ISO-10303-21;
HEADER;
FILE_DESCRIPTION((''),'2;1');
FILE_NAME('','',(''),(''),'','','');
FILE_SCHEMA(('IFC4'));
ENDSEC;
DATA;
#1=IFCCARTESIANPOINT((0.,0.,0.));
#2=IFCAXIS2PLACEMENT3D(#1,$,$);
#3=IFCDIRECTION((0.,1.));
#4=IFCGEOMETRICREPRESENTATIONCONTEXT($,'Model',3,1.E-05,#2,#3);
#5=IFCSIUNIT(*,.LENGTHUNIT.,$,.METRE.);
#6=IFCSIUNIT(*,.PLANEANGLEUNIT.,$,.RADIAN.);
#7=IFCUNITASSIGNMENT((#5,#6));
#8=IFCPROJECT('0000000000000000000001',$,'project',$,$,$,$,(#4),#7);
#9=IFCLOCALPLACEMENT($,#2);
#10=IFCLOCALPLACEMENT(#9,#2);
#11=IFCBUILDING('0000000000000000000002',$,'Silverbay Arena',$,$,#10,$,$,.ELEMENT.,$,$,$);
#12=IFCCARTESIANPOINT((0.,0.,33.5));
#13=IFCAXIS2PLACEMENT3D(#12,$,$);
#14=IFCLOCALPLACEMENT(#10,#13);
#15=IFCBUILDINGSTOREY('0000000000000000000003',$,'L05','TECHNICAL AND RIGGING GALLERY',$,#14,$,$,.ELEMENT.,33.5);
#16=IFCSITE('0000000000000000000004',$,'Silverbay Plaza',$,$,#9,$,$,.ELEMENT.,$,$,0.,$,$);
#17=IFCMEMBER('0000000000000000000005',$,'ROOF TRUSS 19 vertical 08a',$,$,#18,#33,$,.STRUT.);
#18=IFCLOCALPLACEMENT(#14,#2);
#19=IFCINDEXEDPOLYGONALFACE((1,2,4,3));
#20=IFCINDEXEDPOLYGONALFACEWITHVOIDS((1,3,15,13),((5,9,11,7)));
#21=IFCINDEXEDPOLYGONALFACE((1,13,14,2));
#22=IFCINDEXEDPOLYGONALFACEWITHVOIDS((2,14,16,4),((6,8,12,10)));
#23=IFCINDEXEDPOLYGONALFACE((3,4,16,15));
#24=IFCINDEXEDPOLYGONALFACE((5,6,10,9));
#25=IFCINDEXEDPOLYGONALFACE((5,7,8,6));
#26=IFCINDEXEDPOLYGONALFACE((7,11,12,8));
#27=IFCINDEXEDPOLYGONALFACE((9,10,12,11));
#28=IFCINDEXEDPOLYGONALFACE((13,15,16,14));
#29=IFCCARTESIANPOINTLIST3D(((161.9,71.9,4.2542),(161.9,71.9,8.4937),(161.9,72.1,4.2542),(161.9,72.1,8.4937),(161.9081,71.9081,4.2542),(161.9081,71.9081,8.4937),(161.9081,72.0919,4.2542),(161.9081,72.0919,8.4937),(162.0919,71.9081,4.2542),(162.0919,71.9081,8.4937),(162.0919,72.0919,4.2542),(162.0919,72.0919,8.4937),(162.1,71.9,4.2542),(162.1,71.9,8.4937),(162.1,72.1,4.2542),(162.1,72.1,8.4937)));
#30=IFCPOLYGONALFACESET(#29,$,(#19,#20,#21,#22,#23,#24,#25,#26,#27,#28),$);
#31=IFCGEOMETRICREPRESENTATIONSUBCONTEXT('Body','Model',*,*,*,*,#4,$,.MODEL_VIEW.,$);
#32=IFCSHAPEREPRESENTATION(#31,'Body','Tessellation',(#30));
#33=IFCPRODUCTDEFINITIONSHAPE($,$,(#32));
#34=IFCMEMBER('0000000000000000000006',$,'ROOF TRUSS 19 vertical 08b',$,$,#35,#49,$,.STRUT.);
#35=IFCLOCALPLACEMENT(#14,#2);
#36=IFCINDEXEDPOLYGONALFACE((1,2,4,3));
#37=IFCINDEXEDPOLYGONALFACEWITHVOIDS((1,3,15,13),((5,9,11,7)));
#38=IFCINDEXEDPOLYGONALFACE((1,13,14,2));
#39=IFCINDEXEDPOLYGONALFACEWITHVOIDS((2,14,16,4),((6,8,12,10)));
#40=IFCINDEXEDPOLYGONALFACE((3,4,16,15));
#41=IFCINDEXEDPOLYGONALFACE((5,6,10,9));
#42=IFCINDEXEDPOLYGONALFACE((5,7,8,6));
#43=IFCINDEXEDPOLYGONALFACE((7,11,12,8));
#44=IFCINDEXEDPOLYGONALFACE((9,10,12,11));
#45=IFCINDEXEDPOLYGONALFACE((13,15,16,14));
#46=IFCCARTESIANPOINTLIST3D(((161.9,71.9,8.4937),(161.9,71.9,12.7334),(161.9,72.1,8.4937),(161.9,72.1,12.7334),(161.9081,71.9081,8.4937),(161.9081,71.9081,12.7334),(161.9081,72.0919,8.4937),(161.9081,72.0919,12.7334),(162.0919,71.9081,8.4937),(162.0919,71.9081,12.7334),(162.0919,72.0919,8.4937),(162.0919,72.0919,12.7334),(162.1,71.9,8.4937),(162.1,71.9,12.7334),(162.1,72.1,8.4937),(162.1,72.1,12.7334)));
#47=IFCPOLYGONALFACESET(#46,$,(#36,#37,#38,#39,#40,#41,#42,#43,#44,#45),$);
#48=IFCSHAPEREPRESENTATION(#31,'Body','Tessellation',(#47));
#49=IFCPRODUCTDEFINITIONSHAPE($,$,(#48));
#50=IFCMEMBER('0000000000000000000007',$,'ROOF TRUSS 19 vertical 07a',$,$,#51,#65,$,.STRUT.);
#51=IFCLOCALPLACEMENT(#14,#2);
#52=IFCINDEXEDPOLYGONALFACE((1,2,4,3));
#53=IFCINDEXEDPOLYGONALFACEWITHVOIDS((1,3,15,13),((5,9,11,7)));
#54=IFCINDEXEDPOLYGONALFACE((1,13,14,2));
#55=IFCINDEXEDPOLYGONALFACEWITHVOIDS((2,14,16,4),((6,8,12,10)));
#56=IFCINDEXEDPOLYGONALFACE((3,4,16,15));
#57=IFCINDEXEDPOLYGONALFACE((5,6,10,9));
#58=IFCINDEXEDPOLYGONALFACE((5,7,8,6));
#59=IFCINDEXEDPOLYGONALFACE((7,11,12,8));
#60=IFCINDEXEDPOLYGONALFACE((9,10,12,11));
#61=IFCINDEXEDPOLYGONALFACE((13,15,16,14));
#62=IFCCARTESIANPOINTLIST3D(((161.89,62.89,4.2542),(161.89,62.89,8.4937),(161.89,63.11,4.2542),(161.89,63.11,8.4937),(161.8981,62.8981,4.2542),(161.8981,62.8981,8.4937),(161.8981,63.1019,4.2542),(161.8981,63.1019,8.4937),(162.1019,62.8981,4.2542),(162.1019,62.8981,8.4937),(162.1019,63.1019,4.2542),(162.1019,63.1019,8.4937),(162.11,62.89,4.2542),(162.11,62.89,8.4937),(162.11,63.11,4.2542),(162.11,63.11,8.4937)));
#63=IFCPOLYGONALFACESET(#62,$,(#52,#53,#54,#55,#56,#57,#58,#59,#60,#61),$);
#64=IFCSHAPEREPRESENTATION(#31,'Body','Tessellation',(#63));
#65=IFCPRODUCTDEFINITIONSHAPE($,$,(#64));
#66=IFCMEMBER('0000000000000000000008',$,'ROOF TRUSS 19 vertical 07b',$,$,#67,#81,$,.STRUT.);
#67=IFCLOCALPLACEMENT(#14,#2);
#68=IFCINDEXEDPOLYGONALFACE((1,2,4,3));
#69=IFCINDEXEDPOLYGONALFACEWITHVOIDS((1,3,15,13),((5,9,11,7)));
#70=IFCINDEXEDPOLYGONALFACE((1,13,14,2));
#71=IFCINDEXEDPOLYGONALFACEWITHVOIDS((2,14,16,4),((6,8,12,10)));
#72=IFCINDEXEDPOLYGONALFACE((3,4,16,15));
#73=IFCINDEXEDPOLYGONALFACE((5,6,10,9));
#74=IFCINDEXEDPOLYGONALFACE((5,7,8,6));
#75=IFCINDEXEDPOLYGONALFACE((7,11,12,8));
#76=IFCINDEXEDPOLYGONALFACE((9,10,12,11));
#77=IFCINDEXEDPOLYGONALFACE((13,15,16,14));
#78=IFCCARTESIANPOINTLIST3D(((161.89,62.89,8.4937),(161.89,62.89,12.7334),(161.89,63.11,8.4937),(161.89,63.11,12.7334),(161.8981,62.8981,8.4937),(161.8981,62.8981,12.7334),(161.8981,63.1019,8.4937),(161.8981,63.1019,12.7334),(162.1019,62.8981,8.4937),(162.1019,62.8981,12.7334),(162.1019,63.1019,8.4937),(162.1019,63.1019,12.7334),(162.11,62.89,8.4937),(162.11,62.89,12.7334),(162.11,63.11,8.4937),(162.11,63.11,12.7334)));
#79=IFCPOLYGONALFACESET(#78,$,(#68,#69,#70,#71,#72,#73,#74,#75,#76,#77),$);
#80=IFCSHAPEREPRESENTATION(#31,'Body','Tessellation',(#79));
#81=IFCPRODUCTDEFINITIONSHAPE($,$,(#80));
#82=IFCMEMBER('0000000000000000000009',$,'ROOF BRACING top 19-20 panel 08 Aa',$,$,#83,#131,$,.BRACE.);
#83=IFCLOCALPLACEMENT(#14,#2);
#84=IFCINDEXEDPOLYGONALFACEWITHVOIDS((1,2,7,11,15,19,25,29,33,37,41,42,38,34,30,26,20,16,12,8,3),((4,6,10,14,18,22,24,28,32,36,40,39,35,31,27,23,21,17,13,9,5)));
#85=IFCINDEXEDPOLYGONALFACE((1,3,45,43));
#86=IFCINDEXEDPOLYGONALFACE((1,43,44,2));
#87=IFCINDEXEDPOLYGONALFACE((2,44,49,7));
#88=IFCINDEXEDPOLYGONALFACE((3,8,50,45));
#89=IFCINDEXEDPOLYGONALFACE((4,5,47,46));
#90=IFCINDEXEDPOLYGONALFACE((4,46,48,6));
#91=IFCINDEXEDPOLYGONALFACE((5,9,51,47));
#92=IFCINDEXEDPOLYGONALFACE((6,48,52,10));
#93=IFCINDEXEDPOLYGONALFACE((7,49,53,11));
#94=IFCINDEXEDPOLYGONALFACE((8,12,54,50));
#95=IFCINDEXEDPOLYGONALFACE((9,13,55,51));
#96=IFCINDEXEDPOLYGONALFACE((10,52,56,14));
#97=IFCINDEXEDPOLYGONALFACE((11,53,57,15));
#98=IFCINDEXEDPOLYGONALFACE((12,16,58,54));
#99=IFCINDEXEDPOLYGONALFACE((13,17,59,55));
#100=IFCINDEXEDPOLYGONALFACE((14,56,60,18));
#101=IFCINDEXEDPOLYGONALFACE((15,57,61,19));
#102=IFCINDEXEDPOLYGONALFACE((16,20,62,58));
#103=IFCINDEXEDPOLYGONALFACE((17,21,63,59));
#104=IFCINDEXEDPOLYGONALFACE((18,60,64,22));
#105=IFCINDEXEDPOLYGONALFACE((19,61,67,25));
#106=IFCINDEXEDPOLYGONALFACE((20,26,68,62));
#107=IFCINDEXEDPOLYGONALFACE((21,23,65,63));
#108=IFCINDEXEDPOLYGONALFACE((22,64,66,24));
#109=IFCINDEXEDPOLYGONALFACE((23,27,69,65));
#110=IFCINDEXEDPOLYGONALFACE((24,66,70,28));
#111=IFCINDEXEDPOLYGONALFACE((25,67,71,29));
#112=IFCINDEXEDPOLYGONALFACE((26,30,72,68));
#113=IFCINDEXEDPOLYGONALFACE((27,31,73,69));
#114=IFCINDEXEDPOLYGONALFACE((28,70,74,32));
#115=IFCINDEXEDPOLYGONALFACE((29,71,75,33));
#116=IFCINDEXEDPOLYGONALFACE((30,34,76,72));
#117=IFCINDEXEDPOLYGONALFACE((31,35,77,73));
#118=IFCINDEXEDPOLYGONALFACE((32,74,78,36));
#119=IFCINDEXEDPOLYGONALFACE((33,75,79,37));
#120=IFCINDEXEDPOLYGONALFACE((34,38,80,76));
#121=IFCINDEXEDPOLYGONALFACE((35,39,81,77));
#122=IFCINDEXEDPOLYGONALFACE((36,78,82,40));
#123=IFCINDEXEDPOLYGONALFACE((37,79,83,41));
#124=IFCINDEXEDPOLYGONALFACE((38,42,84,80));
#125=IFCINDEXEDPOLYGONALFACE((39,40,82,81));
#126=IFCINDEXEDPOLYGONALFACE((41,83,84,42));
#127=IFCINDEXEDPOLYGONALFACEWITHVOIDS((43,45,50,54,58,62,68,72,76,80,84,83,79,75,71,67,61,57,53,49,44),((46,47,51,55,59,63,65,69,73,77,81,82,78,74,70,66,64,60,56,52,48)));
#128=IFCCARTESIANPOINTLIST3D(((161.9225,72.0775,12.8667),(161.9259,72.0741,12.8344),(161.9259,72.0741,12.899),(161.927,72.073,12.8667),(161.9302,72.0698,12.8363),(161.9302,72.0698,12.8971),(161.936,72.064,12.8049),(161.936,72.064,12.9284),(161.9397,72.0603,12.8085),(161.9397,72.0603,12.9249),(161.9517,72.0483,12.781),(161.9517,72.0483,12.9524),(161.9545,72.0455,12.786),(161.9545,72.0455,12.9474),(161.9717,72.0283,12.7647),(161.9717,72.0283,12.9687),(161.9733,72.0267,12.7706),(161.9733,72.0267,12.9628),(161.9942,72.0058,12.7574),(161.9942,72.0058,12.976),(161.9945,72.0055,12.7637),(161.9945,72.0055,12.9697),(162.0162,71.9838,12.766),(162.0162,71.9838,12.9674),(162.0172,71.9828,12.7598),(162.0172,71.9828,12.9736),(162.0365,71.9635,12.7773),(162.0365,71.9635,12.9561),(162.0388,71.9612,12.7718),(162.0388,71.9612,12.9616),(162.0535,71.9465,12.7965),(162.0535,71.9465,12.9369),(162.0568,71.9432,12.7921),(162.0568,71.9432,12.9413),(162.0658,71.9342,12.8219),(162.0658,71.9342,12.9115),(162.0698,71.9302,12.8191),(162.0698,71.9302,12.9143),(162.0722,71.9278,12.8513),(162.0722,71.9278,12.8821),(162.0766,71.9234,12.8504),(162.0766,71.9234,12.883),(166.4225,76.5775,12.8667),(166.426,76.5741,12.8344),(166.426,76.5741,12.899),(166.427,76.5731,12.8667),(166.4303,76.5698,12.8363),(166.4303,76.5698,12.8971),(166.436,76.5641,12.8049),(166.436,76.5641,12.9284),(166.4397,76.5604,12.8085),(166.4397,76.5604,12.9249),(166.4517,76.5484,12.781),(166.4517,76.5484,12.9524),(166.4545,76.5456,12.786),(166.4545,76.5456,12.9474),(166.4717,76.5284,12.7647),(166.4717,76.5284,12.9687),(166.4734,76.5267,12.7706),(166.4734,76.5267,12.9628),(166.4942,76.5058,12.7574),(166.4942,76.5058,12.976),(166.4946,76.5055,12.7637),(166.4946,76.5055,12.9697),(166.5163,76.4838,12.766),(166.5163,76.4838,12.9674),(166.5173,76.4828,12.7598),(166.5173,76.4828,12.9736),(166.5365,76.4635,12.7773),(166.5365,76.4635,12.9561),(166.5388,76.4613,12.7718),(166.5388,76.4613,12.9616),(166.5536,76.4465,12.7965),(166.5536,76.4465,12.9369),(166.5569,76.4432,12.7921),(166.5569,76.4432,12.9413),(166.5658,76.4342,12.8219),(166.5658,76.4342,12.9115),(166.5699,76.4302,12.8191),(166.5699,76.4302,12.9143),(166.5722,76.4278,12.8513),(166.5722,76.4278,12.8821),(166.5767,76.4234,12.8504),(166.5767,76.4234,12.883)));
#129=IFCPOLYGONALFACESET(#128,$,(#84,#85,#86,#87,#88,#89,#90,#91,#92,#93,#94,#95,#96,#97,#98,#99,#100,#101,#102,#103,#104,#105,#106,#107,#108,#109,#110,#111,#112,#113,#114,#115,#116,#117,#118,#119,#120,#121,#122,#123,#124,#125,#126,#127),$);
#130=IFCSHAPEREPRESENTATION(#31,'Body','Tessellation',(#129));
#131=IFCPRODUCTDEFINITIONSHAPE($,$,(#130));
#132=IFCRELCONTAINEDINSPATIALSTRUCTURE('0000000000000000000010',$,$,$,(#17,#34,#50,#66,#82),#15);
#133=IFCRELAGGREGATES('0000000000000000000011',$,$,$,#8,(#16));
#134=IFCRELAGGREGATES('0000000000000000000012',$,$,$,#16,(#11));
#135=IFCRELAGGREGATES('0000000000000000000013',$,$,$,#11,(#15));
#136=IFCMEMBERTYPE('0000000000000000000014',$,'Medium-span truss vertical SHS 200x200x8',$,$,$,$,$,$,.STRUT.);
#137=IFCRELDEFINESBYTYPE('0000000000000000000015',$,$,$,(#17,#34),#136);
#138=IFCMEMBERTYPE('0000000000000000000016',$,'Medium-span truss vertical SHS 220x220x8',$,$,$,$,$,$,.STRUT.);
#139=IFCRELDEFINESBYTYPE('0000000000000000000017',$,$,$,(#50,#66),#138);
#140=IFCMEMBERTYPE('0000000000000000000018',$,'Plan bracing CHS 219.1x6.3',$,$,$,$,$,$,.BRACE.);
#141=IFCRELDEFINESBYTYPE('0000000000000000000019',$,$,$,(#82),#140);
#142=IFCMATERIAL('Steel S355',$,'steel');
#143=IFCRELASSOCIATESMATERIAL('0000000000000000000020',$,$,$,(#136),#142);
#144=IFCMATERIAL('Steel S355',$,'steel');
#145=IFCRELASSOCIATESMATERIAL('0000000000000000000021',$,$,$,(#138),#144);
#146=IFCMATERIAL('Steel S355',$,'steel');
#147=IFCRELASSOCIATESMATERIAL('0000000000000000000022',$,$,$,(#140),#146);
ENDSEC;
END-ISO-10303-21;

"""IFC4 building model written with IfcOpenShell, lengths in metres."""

from ifc_helpers import new_model, si_unit, direction, frame, origin, origin_2d, place, context, subcontext, project, spatial, hollow_rectangle, hollow_circle, extrude, material, material_profile, profile_set, type_object, element, save


model = new_model("IFC4")

# Units and contexts
model_context = context("Model", 3, precision=1e-05, world=origin(), true_north=direction((0.0, 1.0)))
body_context = subcontext(model_context, "Body", "Model", "MODEL_VIEW")
ifc_project = project(units=[si_unit("LENGTHUNIT", "METRE"), si_unit("PLANEANGLEUNIT", "RADIAN")], contexts=[model_context])

# Site, building, storey
site_placement = place(None, origin())
site = spatial("IfcSite", under=ifc_project, at=site_placement, Name="Silverbay Plaza", CompositionType="ELEMENT", RefElevation=0.0)
building_placement = place(site_placement, origin())
building = spatial("IfcBuilding", under=site, at=building_placement, Name="Silverbay Arena", CompositionType="ELEMENT")
storey_placement = place(building_placement, frame((0.0, 0.0, 33.5)))
storey = spatial("IfcBuildingStorey", under=building, at=storey_placement, Name="L05", Description="TECHNICAL AND RIGGING GALLERY", CompositionType="ELEMENT", Elevation=33.5)

# Members
ifc_material_1 = material(Name="Steel S355", Category="steel")
ifc_material_profile_1 = material_profile(ifc_material_1, hollow_rectangle(XDim=0.2, YDim=0.2, WallThickness=0.0081, at=origin_2d()), Name="SHS 200x200x8")
ifc_profile_set_1 = profile_set([ifc_material_profile_1], Name="Steel S355")
member_type_1 = type_object("IfcMemberType", Name="Medium-span truss vertical SHS 200x200x8", PredefinedType="STRUT", material=ifc_profile_set_1)
member_1_placement = place(storey_placement, frame((162.0, 72.0, 4.2542), z_axis=(0.0, 0.0, 1.0), x_axis=(1.0, 0.0, 0.0)))
element("IfcMember", 1, at=member_1_placement, inside=storey, type_object=member_type_1, Name="ROOF TRUSS 19 vertical 08a", PredefinedType="STRUT", context=body_context, shape_type="SweptSolid", body=[
    extrude(hollow_rectangle(XDim=0.2, YDim=0.2, WallThickness=0.0081, at=origin_2d()), origin(), (0.0, 0.0, 1.0), 4.2395),
])
member_2_placement = place(storey_placement, frame((162.0, 72.0, 8.4937), z_axis=(0.0, 0.0, 1.0), x_axis=(1.0, 0.0, 0.0)))
element("IfcMember", 2, at=member_2_placement, inside=storey, type_object=member_type_1, Name="ROOF TRUSS 19 vertical 08b", PredefinedType="STRUT", context=body_context, shape_type="SweptSolid", body=[
    extrude(hollow_rectangle(XDim=0.2, YDim=0.2, WallThickness=0.0081, at=origin_2d()), origin(), (0.0, 0.0, 1.0), 4.2397),
])
ifc_material_2 = material(Name="Steel S355", Category="steel")
ifc_material_profile_2 = material_profile(ifc_material_2, hollow_rectangle(XDim=0.22, YDim=0.22, WallThickness=0.0081, at=origin_2d()), Name="SHS 220x220x8")
ifc_profile_set_2 = profile_set([ifc_material_profile_2], Name="Steel S355")
member_type_2 = type_object("IfcMemberType", Name="Medium-span truss vertical SHS 220x220x8", PredefinedType="STRUT", material=ifc_profile_set_2)
member_3_placement = place(storey_placement, frame((162.0, 63.0, 4.2542), z_axis=(0.0, 0.0, 1.0), x_axis=(1.0, 0.0, 0.0)))
element("IfcMember", 3, at=member_3_placement, inside=storey, type_object=member_type_2, Name="ROOF TRUSS 19 vertical 07a", PredefinedType="STRUT", context=body_context, shape_type="SweptSolid", body=[
    extrude(hollow_rectangle(XDim=0.22, YDim=0.22, WallThickness=0.0081, at=origin_2d()), origin(), (0.0, 0.0, 1.0), 4.2395),
])
member_4_placement = place(storey_placement, frame((162.0, 63.0, 8.4937), z_axis=(0.0, 0.0, 1.0), x_axis=(1.0, 0.0, 0.0)))
element("IfcMember", 4, at=member_4_placement, inside=storey, type_object=member_type_2, Name="ROOF TRUSS 19 vertical 07b", PredefinedType="STRUT", context=body_context, shape_type="SweptSolid", body=[
    extrude(hollow_rectangle(XDim=0.22, YDim=0.22, WallThickness=0.0081, at=origin_2d()), origin(), (0.0, 0.0, 1.0), 4.2397),
])
ifc_material_3 = material(Name="Steel S355", Category="steel")
ifc_material_profile_3 = material_profile(ifc_material_3, hollow_circle(Radius=0.1096, WallThickness=0.0063, at=origin_2d()), Name="CHS 219.1x6.3")
ifc_profile_set_3 = profile_set([ifc_material_profile_3], Name="Steel S355")
member_type_3 = type_object("IfcMemberType", Name="Plan bracing CHS 219.1x6.3", PredefinedType="BRACE", material=ifc_profile_set_3)
member_5_placement = place(storey_placement, frame((162.0, 72.0, 12.8667), z_axis=(0.707107, 0.707107, 0.0), x_axis=(-0.707107, 0.707107, 0.0)))
element("IfcMember", 5, at=member_5_placement, inside=storey, type_object=member_type_3, Name="ROOF BRACING top 19-20 panel 08 Aa", PredefinedType="BRACE", context=body_context, shape_type="SweptSolid", body=[
    extrude(hollow_circle(Radius=0.1096, WallThickness=0.0063, at=origin_2d()), origin(), (0.0, 0.0, 1.0), 6.364),
])

save(model, "model.ifc")
